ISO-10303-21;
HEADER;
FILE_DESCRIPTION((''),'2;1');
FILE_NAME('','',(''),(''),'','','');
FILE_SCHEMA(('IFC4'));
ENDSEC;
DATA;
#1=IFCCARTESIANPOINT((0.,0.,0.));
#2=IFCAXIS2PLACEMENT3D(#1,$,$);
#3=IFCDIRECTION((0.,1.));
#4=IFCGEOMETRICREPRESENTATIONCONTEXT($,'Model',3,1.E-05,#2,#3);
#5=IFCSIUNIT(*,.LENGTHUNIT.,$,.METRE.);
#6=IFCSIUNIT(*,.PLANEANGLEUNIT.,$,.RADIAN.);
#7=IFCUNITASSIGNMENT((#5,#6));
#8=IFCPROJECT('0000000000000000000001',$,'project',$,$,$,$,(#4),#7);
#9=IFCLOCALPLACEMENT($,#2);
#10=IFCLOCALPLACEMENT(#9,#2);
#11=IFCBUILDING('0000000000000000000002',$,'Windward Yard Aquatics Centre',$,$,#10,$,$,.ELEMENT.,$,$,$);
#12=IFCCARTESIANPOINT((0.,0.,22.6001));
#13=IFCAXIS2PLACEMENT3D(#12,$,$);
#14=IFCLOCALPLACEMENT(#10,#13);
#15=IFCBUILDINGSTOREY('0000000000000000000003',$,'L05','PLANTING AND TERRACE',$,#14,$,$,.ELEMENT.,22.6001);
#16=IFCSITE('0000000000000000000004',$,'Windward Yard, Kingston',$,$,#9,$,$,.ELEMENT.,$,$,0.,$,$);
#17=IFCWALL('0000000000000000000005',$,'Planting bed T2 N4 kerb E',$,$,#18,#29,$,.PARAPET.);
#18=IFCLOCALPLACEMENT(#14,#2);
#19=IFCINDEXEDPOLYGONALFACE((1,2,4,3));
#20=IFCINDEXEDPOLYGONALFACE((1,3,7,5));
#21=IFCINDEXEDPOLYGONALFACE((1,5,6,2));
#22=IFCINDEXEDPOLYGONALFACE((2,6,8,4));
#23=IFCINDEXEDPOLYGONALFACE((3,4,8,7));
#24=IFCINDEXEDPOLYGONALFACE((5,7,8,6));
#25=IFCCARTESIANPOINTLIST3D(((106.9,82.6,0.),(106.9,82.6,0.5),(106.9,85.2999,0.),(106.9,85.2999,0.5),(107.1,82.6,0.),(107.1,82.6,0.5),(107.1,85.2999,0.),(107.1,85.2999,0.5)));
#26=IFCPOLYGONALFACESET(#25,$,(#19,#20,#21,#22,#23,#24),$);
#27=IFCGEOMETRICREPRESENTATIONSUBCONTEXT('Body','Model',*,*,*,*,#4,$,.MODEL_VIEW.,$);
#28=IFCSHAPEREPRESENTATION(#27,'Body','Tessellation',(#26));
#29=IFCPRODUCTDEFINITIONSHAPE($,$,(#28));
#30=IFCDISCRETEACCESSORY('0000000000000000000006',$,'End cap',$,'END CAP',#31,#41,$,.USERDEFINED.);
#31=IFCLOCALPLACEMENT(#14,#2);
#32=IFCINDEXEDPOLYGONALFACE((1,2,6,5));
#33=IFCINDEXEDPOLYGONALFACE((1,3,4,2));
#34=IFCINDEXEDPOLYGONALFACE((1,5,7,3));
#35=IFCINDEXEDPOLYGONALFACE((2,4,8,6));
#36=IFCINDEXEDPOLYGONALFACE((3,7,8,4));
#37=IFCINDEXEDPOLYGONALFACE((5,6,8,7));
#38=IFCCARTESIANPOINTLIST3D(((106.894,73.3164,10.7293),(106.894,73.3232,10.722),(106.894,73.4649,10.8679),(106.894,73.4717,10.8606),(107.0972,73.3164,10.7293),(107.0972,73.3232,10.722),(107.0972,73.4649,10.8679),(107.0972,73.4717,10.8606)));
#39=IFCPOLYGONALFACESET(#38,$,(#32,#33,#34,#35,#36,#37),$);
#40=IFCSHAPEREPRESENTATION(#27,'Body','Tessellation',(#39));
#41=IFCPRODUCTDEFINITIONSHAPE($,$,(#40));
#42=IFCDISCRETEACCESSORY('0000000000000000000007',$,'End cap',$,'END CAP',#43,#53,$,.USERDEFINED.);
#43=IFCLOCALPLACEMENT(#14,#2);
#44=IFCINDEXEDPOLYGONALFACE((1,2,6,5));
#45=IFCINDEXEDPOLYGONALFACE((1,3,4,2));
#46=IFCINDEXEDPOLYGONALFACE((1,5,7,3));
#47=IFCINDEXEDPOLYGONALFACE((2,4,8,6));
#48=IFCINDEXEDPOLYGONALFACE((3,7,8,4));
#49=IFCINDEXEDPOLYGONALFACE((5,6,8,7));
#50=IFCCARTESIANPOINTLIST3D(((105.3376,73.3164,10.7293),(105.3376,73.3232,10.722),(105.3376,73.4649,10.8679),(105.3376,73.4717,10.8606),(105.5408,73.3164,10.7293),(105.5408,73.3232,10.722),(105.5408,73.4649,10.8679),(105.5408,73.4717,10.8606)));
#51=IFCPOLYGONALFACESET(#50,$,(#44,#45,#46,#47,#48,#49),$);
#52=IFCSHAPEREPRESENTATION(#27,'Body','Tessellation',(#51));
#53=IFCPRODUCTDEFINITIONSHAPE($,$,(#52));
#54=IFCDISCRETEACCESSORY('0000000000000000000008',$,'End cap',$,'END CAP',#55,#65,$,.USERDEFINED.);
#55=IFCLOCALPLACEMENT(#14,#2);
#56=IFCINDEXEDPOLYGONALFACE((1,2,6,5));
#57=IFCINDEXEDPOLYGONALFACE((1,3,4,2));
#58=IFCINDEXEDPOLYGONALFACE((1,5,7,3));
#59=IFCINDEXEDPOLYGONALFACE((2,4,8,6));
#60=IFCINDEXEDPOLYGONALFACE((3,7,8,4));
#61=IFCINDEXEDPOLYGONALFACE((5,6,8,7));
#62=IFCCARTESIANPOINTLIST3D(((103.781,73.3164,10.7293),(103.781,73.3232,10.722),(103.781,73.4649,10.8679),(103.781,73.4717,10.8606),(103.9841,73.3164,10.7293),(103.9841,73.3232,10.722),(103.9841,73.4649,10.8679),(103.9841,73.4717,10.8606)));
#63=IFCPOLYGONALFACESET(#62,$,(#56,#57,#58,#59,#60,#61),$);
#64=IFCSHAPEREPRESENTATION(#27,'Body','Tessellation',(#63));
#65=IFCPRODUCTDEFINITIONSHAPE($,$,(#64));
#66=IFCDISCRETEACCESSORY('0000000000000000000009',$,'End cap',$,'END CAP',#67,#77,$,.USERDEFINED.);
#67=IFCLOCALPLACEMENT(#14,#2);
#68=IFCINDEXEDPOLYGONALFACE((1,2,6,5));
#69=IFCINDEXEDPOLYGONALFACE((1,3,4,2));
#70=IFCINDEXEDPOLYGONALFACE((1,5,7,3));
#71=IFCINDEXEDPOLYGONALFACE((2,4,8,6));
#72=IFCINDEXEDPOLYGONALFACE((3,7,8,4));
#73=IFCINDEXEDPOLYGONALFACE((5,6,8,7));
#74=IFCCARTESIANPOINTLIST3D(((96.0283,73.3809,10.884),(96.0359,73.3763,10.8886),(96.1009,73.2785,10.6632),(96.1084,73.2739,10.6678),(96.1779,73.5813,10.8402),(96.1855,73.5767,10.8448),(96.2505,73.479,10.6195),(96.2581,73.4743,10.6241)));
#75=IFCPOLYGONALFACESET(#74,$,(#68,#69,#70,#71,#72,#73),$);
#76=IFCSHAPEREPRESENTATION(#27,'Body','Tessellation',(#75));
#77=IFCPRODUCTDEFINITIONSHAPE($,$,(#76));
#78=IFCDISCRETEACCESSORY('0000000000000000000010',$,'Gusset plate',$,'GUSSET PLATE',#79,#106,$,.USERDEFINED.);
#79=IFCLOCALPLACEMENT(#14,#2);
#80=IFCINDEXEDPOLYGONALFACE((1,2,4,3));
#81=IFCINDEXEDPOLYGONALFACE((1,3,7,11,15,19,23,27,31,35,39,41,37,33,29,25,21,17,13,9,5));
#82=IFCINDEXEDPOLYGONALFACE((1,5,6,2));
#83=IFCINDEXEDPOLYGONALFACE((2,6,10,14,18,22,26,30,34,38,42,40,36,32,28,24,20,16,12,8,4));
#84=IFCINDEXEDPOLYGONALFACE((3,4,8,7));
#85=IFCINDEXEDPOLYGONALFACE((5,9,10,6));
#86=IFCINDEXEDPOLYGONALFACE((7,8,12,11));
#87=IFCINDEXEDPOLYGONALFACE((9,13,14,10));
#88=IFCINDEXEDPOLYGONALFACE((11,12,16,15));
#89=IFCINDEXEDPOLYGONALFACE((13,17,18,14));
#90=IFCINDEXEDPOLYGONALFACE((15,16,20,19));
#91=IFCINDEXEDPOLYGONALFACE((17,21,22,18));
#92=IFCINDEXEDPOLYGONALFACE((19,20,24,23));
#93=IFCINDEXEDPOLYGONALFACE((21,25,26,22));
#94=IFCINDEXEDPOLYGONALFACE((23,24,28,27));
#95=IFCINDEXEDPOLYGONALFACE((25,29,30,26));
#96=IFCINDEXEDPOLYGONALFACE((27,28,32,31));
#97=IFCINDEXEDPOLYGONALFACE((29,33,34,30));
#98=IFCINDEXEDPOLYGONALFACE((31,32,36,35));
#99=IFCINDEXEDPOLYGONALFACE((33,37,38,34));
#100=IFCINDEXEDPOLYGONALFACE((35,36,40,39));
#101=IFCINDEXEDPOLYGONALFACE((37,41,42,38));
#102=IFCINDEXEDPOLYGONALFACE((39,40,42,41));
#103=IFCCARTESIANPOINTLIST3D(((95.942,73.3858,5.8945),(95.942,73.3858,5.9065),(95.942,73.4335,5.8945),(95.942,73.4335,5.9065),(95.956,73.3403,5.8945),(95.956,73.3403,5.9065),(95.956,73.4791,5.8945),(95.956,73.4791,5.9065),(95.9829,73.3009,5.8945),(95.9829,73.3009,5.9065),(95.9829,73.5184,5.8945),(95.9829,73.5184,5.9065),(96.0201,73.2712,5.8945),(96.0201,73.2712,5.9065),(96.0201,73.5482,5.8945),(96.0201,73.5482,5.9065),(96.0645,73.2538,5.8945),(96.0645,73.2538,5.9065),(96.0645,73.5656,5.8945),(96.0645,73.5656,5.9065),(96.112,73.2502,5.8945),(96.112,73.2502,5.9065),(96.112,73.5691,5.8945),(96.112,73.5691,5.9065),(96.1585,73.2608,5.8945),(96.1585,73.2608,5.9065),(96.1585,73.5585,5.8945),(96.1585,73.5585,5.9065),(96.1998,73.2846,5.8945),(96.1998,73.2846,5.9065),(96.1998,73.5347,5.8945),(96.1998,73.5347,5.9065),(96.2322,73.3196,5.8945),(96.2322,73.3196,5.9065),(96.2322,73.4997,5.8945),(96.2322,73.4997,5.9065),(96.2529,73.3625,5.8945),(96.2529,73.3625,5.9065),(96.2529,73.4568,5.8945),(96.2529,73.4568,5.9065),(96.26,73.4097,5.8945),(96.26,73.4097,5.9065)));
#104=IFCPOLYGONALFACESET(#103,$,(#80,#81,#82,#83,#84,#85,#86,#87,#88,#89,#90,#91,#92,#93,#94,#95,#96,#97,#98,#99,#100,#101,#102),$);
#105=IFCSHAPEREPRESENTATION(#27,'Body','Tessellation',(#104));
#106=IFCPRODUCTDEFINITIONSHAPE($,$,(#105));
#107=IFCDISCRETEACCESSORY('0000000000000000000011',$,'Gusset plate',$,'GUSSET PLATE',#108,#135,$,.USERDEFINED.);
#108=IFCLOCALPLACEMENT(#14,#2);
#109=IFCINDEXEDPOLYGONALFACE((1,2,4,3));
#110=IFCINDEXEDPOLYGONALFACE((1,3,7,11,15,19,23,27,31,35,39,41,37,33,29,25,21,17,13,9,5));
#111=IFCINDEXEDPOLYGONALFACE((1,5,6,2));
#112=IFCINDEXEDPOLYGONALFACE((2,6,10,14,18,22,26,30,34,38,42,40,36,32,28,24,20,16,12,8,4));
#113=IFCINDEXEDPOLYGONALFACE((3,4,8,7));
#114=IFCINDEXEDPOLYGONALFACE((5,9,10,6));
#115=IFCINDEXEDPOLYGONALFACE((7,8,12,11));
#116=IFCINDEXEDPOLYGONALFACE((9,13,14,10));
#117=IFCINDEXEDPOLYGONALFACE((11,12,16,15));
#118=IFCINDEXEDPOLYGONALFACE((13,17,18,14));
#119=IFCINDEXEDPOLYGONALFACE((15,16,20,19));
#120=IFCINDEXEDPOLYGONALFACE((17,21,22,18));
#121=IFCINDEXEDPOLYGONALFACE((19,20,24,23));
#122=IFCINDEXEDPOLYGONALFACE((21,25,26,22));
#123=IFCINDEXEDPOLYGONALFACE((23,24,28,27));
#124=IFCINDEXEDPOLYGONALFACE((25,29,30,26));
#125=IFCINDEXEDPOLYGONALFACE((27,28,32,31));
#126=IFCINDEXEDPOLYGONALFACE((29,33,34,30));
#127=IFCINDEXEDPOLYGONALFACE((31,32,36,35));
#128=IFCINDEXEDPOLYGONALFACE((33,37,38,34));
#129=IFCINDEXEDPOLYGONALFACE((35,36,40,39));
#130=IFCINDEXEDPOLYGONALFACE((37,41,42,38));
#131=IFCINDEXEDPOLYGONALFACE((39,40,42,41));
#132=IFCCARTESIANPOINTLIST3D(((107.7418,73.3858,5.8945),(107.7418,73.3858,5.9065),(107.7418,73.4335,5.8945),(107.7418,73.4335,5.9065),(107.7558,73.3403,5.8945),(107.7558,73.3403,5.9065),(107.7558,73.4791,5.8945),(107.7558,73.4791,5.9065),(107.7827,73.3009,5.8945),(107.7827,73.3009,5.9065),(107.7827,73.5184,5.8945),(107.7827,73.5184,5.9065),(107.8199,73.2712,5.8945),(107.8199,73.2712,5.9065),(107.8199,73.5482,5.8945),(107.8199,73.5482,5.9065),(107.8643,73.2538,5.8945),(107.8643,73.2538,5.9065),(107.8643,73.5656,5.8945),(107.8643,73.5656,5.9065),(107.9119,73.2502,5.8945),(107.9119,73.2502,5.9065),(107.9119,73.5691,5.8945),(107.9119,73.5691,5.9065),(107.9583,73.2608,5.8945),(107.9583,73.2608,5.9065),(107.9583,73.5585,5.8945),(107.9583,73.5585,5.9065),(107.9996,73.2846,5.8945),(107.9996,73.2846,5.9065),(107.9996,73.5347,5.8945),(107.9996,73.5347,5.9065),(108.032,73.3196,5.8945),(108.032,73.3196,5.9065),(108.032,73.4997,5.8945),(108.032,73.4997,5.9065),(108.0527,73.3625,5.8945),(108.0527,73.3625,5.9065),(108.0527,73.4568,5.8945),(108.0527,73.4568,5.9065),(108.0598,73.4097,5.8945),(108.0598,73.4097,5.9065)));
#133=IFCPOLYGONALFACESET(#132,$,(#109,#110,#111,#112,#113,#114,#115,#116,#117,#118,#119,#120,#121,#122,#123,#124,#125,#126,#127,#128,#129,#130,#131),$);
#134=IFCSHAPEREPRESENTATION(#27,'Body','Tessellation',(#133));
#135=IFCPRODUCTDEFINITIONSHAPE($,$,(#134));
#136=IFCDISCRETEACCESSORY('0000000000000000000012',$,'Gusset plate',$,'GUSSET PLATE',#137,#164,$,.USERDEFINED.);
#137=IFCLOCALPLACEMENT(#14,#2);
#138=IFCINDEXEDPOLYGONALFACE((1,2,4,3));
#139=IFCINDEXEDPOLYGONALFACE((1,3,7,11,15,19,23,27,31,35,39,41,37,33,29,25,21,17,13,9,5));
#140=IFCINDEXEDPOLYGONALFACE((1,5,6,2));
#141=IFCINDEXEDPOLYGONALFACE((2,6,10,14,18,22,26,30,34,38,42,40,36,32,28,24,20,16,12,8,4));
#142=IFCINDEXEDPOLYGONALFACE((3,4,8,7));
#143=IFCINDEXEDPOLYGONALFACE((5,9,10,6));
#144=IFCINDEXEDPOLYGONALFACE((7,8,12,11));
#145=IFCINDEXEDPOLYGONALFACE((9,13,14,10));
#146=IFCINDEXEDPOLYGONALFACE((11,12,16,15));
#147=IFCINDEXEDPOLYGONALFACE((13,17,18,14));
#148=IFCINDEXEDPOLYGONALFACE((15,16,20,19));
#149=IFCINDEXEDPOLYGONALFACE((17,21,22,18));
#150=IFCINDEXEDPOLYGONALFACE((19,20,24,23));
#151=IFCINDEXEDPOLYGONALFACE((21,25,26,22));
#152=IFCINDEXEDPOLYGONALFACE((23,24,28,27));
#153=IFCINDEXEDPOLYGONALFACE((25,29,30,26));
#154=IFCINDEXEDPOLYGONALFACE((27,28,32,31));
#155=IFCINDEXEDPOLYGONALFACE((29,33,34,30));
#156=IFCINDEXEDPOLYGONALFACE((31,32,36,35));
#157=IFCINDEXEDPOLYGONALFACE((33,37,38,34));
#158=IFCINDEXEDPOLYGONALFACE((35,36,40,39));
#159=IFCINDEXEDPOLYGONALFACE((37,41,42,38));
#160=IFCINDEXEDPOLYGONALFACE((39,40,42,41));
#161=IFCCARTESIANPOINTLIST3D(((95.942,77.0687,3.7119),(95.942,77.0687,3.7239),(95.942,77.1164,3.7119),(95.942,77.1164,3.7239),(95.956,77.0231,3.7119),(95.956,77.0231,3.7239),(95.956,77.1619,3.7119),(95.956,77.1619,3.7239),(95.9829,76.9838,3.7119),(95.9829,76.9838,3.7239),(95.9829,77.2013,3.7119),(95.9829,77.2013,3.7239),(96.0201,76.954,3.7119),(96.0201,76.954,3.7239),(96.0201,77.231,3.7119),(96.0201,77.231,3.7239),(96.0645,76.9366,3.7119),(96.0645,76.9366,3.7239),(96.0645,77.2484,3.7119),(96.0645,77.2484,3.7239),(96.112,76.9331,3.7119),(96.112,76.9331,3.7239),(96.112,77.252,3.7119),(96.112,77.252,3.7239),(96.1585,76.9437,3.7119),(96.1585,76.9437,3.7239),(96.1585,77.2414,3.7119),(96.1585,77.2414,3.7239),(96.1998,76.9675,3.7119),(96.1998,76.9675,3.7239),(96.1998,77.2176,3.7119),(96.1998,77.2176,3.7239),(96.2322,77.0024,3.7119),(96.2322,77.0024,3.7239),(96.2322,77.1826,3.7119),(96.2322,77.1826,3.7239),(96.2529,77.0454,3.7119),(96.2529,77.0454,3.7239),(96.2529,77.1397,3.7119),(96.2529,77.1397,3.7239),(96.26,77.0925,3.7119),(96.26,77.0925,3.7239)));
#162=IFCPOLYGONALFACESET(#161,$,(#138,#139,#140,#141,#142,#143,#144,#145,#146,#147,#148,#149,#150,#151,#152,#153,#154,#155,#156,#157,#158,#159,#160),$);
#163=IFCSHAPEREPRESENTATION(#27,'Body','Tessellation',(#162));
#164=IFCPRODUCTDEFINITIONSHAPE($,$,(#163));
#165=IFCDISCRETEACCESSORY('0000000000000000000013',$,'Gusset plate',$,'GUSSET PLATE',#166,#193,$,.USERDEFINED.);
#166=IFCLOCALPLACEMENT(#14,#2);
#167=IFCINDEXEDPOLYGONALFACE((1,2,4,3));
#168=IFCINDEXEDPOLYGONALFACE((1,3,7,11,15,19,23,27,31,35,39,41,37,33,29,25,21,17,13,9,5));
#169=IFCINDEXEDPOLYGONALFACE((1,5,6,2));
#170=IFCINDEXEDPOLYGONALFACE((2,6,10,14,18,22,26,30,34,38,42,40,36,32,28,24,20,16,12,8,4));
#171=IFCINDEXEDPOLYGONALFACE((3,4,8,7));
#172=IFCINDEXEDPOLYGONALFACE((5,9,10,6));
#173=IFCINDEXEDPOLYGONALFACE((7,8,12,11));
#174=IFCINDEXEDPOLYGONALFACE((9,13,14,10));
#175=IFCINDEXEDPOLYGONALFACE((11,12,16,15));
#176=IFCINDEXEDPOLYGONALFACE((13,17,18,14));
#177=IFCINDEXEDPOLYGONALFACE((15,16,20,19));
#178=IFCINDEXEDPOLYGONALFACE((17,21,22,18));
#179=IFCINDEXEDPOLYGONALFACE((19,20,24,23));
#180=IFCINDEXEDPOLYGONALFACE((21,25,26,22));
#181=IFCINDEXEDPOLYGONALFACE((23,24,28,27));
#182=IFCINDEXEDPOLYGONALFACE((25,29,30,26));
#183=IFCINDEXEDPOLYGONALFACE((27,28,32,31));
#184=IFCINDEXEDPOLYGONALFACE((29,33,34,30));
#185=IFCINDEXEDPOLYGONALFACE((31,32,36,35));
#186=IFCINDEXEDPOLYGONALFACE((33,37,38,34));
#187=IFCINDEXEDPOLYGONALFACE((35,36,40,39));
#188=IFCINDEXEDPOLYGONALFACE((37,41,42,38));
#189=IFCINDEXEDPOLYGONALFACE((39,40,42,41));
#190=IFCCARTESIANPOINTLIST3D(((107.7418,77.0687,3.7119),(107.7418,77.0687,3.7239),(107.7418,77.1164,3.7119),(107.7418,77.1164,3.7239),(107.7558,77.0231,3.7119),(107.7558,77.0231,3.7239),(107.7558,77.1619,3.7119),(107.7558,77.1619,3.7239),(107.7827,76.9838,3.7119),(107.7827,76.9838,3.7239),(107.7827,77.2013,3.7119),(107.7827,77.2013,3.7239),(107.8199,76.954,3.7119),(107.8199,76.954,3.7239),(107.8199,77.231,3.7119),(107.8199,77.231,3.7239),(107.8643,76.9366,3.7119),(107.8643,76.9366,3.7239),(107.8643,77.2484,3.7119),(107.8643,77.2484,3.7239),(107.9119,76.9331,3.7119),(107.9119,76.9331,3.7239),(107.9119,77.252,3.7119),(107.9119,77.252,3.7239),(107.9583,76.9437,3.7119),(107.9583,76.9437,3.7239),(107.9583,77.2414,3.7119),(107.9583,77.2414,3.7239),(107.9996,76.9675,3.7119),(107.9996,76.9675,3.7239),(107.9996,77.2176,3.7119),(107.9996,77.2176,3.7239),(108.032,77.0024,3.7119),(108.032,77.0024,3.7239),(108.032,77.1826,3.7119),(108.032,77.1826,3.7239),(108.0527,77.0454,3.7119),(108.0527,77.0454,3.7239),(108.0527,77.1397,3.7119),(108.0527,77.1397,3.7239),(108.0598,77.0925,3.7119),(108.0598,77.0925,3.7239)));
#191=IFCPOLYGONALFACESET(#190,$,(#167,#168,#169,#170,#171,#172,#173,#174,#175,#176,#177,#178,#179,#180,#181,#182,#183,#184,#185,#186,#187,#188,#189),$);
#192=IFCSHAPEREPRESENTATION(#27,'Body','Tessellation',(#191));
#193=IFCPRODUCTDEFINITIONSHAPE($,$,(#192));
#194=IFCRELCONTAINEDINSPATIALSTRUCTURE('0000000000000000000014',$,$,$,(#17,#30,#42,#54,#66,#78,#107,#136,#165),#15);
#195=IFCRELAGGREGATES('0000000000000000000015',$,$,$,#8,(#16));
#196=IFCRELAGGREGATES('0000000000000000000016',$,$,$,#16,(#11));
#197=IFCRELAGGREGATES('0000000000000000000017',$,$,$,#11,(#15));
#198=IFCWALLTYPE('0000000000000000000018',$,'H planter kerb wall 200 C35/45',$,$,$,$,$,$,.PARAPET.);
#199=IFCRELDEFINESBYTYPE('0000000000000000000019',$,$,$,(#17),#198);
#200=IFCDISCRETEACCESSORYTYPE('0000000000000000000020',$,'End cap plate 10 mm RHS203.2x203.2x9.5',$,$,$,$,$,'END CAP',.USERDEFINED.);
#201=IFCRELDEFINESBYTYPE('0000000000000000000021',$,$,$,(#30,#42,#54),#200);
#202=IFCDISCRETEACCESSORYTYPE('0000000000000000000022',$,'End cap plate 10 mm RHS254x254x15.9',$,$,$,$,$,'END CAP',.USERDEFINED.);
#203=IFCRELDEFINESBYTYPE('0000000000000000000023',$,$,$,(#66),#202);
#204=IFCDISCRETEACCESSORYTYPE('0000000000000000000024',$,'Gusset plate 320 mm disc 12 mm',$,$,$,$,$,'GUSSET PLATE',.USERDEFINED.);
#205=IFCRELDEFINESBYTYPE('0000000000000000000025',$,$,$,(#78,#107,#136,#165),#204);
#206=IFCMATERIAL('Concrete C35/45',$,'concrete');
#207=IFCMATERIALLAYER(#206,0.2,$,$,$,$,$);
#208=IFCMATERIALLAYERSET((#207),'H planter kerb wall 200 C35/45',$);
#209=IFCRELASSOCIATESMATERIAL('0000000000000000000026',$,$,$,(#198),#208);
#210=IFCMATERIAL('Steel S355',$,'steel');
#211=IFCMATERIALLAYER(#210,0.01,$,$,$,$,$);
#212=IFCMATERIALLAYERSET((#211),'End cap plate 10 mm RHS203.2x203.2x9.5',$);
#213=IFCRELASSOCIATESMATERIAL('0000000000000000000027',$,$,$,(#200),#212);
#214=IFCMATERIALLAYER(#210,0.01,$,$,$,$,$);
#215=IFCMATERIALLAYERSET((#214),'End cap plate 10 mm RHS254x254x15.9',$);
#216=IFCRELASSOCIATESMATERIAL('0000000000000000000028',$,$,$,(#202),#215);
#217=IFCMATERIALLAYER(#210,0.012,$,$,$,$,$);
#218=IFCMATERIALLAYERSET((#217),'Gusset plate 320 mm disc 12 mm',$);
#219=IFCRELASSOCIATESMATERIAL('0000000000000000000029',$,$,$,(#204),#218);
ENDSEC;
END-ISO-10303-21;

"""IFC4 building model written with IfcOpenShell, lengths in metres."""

from ifc_helpers import new_model, si_unit, direction, frame, frame_2d, origin, origin_2d, place, context, subcontext, project, spatial, rectangle, circle, extrude, material, layer, layer_set, type_object, element, save


model = new_model("IFC4")

# Units and contexts
model_context = context("Model", 3, precision=1e-05, world=origin(), true_north=direction((0.0, 1.0)))
body_context = subcontext(model_context, "Body", "Model", "MODEL_VIEW")
ifc_project = project(units=[si_unit("LENGTHUNIT", "METRE"), si_unit("PLANEANGLEUNIT", "RADIAN")], contexts=[model_context])

# Site, building, storey
site_placement = place(None, origin())
site = spatial("IfcSite", under=ifc_project, at=site_placement, Name="Windward Yard, Kingston", CompositionType="ELEMENT", RefElevation=0.0)
building_placement = place(site_placement, origin())
building = spatial("IfcBuilding", under=site, at=building_placement, Name="Windward Yard Aquatics Centre", CompositionType="ELEMENT")
storey_placement = place(building_placement, frame((0.0, 0.0, 22.6001)))
storey = spatial("IfcBuildingStorey", under=building, at=storey_placement, Name="L05", Description="PLANTING AND TERRACE", CompositionType="ELEMENT", Elevation=22.6001)

# Wall
ifc_material_1 = material(Name="Concrete C35/45", Category="concrete")
ifc_layer_1 = layer(ifc_material_1, 0.2)
ifc_layer_set_1 = layer_set([ifc_layer_1], Name="H planter kerb wall 200 C35/45")
wall_type = type_object("IfcWallType", Name="H planter kerb wall 200 C35/45", PredefinedType="PARAPET", material=ifc_layer_set_1)
for number, where, z_axis, x_axis, name in (
    (1, (107.0, 85.3, 0.0), (0.0, 0.0, 1.0), (0.0, -1.0, 0.0), "Planting bed T2 N4 kerb E"),
):
    element("IfcWall", number, at=place(storey_placement, frame(where, z_axis=z_axis, x_axis=x_axis)), inside=storey, type_object=wall_type, Name=name, PredefinedType="PARAPET", context=body_context, shape_type="SweptSolid", body=[
        extrude(rectangle(XDim=2.7, YDim=0.2, at=frame_2d((1.3501, 0.0))), origin(), (0.0, 0.0, 1.0), 0.5),
    ])

# Discrete accessories
ifc_material_2 = material(Name="Steel S355", Category="steel")
ifc_layer_2 = layer(ifc_material_2, 0.01)
ifc_layer_set_2 = layer_set([ifc_layer_2], Name="End cap plate 10 mm RHS203.2x203.2x9.5")
discrete_accessory_type_1 = type_object("IfcDiscreteAccessoryType", Name="End cap plate 10 mm RHS203.2x203.2x9.5", ElementType="END CAP", PredefinedType="USERDEFINED", material=ifc_layer_set_2)
for number, where, z_axis, x_axis, name in (
    (2, (106.9956, 73.3975, 10.7913), (0.0, -0.682318, 0.731055), (1.0, 0.0, 0.0), "End cap"),
    (3, (105.4392, 73.3975, 10.7913), (0.0, -0.682318, 0.731055), (1.0, 0.0, 0.0), "End cap"),
    (4, (103.8826, 73.3975, 10.7913), (0.0, -0.682318, 0.731055), (1.0, 0.0, 0.0), "End cap"),
):
    element("IfcDiscreteAccessory", number, at=place(storey_placement, frame(where, z_axis=z_axis, x_axis=x_axis)), inside=storey, type_object=discrete_accessory_type_1, Name=name, ObjectType="END CAP", PredefinedType="USERDEFINED", context=body_context, shape_type="SweptSolid", body=[
        extrude(rectangle(XDim=0.2031, YDim=0.2031, at=origin_2d()), origin(), (0.0, 0.0, 1.0), 0.01),
    ])
ifc_layer_3 = layer(ifc_material_2, 0.01)
ifc_layer_set_3 = layer_set([ifc_layer_3], Name="End cap plate 10 mm RHS254x254x15.9")
discrete_accessory_type_2 = type_object("IfcDiscreteAccessoryType", Name="End cap plate 10 mm RHS254x254x15.9", ElementType="END CAP", PredefinedType="USERDEFINED", material=ifc_layer_set_3)
discrete_accessory_placement = place(storey_placement, frame((96.1394, 73.4299, 10.7517), z_axis=(0.755648, -0.463139, 0.463139), x_axis=(0.589358, 0.789284, -0.1723)))
element("IfcDiscreteAccessory", 5, at=discrete_accessory_placement, inside=storey, type_object=discrete_accessory_type_2, Name="End cap", ObjectType="END CAP", PredefinedType="USERDEFINED", context=body_context, shape_type="SweptSolid", body=[
    extrude(rectangle(XDim=0.2539, YDim=0.2539, at=origin_2d()), origin(), (0.0, 0.0, 1.0), 0.01),
])
ifc_layer_4 = layer(ifc_material_2, 0.012)
ifc_layer_set_4 = layer_set([ifc_layer_4], Name="Gusset plate 320 mm disc 12 mm")
discrete_accessory_type_3 = type_object("IfcDiscreteAccessoryType", Name="Gusset plate 320 mm disc 12 mm", ElementType="GUSSET PLATE", PredefinedType="USERDEFINED", material=ifc_layer_set_4)
for number, where, z_axis, x_axis, name in (
    (6, (96.1001, 73.4097, 5.8945), (0.0, 0.0, 1.0), (1.0, 0.0, 0.0), "Gusset plate"),
    (7, (107.8999, 73.4097, 5.8945), (0.0, 0.0, 1.0), (1.0, 0.0, 0.0), "Gusset plate"),
    (8, (96.1001, 77.0925, 3.7119), (0.0, 0.0, 1.0), (1.0, 0.0, 0.0), "Gusset plate"),
    (9, (107.8999, 77.0925, 3.7119), (0.0, 0.0, 1.0), (1.0, 0.0, 0.0), "Gusset plate"),
):
    element("IfcDiscreteAccessory", number, at=place(storey_placement, frame(where, z_axis=z_axis, x_axis=x_axis)), inside=storey, type_object=discrete_accessory_type_3, Name=name, ObjectType="GUSSET PLATE", PredefinedType="USERDEFINED", context=body_context, shape_type="SweptSolid", body=[
        extrude(circle(Radius=0.1599, at=origin_2d()), origin(), (0.0, 0.0, 1.0), 0.012),
    ])

save(model, "model.ifc")
